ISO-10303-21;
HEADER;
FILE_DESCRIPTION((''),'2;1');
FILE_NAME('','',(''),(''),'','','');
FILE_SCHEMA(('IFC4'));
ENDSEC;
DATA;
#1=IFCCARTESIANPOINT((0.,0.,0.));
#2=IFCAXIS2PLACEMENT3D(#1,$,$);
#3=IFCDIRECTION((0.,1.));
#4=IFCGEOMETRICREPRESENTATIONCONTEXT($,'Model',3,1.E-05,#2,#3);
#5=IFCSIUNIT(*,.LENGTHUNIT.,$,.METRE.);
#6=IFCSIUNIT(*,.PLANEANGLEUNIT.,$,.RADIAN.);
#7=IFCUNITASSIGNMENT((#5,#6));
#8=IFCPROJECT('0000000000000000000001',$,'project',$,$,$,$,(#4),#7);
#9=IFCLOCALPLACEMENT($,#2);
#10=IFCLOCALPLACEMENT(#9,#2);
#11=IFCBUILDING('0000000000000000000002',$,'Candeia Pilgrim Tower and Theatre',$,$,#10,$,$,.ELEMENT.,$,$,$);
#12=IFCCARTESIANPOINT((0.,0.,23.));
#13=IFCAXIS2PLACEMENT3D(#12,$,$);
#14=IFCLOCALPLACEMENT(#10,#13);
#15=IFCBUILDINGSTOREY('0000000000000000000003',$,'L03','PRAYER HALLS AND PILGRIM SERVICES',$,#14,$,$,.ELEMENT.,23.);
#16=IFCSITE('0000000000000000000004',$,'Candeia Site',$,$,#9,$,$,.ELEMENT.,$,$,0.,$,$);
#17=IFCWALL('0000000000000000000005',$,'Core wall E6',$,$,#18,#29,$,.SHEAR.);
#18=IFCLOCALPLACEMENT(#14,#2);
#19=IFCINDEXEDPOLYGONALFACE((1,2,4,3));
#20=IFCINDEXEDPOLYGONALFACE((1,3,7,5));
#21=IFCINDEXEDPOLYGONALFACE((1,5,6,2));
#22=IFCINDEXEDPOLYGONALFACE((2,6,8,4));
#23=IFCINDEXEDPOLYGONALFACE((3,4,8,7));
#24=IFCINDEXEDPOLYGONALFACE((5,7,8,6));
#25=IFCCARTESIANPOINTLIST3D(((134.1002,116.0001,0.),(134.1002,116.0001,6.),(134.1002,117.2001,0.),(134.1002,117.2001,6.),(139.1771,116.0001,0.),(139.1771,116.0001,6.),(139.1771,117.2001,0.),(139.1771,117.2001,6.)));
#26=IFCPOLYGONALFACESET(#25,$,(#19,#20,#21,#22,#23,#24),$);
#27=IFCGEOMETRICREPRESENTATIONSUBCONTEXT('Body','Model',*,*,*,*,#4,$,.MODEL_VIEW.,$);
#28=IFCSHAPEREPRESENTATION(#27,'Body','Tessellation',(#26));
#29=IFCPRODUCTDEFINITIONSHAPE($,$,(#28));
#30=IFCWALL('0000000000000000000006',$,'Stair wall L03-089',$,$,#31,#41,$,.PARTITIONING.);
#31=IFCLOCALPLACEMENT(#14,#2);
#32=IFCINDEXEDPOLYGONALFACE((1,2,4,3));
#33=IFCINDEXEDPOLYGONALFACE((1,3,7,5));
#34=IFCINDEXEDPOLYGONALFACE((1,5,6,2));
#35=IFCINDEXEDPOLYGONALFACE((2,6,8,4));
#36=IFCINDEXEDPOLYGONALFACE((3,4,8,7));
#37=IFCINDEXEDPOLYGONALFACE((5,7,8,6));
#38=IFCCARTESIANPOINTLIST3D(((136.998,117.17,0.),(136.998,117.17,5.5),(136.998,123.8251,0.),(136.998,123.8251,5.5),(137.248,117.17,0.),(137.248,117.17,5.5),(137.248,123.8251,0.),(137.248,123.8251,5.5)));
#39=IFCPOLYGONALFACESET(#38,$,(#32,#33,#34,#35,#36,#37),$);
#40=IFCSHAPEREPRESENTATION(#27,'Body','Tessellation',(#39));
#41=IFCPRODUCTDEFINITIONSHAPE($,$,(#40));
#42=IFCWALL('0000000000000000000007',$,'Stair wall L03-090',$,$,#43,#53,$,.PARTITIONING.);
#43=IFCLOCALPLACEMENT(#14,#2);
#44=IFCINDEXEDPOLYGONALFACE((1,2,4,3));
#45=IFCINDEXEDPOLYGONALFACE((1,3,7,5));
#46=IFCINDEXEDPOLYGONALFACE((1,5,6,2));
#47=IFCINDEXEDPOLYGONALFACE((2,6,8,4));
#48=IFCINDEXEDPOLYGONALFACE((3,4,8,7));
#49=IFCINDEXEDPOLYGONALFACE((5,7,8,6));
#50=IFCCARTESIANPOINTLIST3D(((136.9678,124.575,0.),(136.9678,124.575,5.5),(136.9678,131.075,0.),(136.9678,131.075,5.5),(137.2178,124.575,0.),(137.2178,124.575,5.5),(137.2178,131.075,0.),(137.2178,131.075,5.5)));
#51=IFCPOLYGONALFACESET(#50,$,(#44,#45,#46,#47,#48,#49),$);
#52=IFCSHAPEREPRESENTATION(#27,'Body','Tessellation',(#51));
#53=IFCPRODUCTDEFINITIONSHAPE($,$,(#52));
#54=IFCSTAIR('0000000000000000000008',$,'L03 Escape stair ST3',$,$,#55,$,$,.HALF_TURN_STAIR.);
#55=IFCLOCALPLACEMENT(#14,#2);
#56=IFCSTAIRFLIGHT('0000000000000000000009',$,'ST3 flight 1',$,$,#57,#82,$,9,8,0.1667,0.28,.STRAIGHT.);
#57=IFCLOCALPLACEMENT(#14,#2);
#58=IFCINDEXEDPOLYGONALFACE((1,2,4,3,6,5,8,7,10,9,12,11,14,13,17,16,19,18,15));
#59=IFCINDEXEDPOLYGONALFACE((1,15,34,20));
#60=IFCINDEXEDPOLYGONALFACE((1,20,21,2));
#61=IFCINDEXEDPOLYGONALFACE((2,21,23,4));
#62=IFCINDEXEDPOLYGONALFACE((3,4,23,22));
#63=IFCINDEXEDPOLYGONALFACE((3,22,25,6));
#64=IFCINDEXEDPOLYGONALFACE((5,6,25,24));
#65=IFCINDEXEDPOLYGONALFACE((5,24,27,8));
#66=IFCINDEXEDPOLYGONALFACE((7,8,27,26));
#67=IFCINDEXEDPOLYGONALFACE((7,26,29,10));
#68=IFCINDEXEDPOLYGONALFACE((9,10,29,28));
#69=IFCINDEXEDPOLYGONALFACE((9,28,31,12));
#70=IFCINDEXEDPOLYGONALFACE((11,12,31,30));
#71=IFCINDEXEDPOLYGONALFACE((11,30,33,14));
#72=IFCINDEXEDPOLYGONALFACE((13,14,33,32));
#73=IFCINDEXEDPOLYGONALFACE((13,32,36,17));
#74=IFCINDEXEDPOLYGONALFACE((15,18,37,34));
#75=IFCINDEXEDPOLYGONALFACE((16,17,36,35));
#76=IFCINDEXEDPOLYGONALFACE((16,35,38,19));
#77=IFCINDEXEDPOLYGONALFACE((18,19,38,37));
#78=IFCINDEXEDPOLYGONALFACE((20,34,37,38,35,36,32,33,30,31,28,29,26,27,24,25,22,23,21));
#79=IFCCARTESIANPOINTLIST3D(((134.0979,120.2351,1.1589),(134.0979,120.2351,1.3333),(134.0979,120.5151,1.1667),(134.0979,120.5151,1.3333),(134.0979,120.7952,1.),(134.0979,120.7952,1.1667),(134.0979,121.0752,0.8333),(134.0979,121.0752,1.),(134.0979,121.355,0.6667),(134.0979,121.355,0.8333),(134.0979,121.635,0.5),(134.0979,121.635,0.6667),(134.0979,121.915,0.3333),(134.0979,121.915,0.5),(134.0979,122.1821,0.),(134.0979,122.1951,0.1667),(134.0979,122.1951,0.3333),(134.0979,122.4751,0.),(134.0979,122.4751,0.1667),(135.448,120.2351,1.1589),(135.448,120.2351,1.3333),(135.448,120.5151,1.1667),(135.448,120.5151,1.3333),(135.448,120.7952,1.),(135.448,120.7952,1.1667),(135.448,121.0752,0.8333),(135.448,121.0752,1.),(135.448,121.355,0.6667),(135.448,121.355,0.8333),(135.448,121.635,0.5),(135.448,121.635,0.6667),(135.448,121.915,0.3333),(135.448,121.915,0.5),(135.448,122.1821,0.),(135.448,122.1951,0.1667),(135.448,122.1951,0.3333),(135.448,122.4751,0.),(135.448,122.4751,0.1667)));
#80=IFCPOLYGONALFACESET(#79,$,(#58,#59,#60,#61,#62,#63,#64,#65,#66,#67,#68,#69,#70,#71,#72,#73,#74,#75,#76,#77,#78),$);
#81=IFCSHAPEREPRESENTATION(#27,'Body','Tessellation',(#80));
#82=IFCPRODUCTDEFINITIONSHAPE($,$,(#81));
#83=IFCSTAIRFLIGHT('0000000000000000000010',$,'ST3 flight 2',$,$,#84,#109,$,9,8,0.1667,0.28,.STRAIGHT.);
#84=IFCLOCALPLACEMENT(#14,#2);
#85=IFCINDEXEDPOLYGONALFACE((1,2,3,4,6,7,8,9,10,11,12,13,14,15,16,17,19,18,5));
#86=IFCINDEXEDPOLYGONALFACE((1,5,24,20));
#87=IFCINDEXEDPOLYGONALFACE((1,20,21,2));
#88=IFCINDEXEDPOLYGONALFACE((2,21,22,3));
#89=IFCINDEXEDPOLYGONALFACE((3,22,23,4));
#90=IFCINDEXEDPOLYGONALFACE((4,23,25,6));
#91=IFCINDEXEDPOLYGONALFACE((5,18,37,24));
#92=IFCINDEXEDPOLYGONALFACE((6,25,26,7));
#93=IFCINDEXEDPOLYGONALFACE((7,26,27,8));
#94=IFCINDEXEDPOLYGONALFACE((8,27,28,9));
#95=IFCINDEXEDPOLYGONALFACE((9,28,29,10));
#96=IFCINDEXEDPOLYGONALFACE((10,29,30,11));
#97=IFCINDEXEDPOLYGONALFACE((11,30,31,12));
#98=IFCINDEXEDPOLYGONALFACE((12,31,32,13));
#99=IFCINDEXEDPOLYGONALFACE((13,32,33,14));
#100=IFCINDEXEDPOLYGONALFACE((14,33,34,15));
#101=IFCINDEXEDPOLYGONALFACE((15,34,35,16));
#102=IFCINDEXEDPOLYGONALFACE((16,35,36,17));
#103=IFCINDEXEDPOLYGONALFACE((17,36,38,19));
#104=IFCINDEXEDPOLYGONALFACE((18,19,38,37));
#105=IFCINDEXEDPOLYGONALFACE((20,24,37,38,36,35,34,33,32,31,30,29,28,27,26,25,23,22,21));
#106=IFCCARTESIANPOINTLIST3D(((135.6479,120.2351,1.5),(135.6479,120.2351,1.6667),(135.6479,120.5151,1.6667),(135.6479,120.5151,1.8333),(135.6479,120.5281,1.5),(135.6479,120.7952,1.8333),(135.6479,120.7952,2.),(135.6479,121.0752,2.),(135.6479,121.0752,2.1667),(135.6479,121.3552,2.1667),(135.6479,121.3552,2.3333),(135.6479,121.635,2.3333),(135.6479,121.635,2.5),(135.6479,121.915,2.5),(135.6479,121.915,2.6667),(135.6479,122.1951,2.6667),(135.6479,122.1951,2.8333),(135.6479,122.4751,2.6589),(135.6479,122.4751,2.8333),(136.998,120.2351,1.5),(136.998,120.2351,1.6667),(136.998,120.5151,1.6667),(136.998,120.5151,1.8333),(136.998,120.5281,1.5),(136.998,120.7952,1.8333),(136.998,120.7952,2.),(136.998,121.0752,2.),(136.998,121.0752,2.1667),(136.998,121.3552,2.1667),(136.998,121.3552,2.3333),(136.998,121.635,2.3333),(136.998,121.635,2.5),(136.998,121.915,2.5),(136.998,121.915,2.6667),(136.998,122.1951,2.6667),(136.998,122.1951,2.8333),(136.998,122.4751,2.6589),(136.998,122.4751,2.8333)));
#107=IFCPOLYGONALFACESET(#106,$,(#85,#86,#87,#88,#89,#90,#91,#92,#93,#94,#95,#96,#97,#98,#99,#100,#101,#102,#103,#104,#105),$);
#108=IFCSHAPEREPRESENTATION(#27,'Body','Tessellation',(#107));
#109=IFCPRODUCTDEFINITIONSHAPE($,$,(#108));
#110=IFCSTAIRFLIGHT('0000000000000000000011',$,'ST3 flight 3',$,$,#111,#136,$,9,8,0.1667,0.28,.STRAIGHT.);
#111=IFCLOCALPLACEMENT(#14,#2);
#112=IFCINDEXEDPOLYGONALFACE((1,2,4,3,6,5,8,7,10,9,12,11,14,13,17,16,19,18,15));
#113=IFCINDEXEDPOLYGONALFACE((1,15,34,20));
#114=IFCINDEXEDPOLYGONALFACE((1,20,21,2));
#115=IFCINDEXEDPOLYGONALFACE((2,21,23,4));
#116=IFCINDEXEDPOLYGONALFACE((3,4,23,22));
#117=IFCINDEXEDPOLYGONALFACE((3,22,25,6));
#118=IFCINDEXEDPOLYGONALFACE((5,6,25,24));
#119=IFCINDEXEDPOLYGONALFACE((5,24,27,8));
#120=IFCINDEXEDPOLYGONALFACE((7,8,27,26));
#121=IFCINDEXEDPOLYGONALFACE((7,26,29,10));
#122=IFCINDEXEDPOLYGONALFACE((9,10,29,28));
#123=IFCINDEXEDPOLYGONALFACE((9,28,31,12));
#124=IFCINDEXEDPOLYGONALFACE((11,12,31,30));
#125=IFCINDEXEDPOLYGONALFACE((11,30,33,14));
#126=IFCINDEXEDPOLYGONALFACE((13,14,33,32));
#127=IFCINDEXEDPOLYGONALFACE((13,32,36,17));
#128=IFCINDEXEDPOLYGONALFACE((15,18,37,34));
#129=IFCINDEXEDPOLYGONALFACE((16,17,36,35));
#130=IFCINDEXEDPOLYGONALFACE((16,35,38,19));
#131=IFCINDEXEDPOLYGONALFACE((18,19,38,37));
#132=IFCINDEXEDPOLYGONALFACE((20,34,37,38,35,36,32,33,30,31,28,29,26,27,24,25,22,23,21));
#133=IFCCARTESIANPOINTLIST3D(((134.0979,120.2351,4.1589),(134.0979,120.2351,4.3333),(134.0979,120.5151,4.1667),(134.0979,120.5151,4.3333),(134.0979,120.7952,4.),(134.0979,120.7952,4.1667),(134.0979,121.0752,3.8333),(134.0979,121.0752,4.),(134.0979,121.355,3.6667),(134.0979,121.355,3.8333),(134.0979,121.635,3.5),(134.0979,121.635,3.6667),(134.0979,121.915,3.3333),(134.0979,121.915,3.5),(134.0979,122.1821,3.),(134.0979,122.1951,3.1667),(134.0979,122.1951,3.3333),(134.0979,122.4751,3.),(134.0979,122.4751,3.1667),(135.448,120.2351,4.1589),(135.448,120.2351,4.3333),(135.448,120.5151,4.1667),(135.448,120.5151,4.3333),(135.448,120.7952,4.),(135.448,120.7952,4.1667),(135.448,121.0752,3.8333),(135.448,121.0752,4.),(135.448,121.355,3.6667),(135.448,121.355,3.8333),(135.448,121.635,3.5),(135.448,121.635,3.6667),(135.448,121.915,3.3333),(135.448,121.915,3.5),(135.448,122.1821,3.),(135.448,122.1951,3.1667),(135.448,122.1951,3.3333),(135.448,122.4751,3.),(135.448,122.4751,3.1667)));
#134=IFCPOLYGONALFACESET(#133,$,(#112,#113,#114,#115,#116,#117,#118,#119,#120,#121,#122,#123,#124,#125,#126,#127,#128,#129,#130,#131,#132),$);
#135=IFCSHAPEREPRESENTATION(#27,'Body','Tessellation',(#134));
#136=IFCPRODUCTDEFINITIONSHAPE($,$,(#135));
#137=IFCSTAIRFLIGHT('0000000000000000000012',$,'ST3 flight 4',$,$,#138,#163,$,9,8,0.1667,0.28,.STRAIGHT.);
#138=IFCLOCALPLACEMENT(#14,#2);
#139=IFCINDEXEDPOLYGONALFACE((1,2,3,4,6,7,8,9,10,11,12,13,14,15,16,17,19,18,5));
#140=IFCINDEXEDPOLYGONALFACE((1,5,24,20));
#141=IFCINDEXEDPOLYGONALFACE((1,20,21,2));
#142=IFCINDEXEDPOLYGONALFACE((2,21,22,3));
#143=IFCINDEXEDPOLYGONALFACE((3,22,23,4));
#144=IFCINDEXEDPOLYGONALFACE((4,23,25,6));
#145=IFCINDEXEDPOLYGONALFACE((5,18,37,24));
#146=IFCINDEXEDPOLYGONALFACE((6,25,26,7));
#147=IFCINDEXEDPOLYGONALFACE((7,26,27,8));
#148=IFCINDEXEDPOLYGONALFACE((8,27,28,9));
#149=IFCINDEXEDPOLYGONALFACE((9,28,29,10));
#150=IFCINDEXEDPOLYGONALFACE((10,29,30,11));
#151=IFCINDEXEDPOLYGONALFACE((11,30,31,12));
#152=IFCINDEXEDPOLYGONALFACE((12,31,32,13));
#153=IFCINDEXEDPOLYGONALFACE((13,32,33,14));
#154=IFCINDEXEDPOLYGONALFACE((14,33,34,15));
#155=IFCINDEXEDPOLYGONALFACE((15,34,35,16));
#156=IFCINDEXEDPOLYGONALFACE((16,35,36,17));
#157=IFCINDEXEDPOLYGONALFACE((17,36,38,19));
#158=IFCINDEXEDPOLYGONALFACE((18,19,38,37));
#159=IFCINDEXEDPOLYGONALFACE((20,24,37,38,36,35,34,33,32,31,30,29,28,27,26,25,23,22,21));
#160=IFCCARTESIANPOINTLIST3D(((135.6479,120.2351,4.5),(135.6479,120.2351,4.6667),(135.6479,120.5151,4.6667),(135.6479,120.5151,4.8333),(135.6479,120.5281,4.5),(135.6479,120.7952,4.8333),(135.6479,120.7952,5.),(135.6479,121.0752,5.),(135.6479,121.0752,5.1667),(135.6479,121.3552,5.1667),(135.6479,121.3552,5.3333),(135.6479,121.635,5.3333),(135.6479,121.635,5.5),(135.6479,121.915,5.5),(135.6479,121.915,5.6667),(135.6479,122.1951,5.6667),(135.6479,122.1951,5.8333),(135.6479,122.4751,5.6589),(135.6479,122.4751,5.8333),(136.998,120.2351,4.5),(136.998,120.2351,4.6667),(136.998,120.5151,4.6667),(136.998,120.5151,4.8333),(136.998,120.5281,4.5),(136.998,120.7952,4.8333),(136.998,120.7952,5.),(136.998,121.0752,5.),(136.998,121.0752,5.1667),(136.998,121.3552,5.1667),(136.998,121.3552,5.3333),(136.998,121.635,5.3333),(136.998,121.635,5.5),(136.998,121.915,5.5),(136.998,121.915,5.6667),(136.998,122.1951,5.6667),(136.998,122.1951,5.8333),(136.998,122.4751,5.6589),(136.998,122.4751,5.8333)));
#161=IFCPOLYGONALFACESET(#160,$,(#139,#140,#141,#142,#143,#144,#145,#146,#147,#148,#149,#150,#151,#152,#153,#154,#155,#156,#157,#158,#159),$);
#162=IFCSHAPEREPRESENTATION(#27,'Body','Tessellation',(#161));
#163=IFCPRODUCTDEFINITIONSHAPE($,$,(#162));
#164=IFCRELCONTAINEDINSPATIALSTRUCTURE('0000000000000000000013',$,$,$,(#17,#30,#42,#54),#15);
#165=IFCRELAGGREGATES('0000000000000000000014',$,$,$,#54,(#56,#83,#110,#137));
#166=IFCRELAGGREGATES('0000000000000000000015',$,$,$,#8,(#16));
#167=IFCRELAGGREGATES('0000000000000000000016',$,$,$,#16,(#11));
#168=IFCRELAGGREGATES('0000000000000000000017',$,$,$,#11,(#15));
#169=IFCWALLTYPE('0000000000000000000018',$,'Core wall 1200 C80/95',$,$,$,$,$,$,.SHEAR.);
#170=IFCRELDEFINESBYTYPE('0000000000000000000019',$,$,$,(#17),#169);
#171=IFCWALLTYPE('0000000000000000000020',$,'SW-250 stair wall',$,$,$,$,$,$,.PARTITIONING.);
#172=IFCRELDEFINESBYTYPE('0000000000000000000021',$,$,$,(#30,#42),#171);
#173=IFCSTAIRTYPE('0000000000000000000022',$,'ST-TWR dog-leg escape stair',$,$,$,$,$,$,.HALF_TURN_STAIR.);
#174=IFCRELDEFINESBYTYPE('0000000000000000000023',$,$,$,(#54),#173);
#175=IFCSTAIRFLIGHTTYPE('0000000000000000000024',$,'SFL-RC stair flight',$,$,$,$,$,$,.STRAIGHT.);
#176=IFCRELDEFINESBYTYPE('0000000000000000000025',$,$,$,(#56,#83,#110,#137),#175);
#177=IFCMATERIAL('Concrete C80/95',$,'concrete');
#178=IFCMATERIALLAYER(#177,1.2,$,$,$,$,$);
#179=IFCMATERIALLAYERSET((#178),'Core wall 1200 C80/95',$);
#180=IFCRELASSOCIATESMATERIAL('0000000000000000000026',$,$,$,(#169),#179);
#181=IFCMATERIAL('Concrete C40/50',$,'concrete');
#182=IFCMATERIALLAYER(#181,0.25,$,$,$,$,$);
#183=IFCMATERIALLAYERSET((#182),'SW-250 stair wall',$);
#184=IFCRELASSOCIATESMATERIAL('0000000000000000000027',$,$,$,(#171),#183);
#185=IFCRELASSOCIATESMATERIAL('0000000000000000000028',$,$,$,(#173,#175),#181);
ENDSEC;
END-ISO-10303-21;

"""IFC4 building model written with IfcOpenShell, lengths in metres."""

from ifc_helpers import new_model, si_unit, direction, frame, frame_2d, origin, place, context, subcontext, project, spatial, polyline, rectangle, outline, extrude, material, layer, layer_set, type_object, element, aggregate, save


model = new_model("IFC4")

# Units and contexts
model_context = context("Model", 3, precision=1e-05, world=origin(), true_north=direction((0.0, 1.0)))
body_context = subcontext(model_context, "Body", "Model", "MODEL_VIEW")
ifc_project = project(units=[si_unit("LENGTHUNIT", "METRE"), si_unit("PLANEANGLEUNIT", "RADIAN")], contexts=[model_context])

# Site, building, storey
site_placement = place(None, origin())
site = spatial("IfcSite", under=ifc_project, at=site_placement, Name="Candeia Site", CompositionType="ELEMENT", RefElevation=0.0)
building_placement = place(site_placement, origin())
building = spatial("IfcBuilding", under=site, at=building_placement, Name="Candeia Pilgrim Tower and Theatre", CompositionType="ELEMENT")
storey_placement = place(building_placement, frame((0.0, 0.0, 23.0)))
storey = spatial("IfcBuildingStorey", under=building, at=storey_placement, Name="L03", Description="PRAYER HALLS AND PILGRIM SERVICES", CompositionType="ELEMENT", Elevation=23.0)

# Walls
ifc_material_1 = material(Name="Concrete C80/95", Category="concrete")
ifc_layer_1 = layer(ifc_material_1, 1.2)
ifc_layer_set_1 = layer_set([ifc_layer_1], Name="Core wall 1200 C80/95")
wall_type_1 = type_object("IfcWallType", Name="Core wall 1200 C80/95", PredefinedType="SHEAR", material=ifc_layer_set_1)
wall_1_placement = place(storey_placement, frame((134.1001, 116.6001, 0.0), z_axis=(0.0, 0.0, 1.0), x_axis=(1.0, 0.0, 0.0)))
element("IfcWall", 1, at=wall_1_placement, inside=storey, type_object=wall_type_1, Name="Core wall E6", PredefinedType="SHEAR", context=body_context, shape_type="SweptSolid", body=[
    extrude(rectangle(XDim=5.0769, YDim=1.2, at=frame_2d((2.5386, 0.0))), origin(), (0.0, 0.0, 1.0), 6.0),
])
ifc_material_2 = material(Name="Concrete C40/50", Category="concrete")
ifc_layer_2 = layer(ifc_material_2, 0.25)
ifc_layer_set_2 = layer_set([ifc_layer_2], Name="SW-250 stair wall")
wall_type_2 = type_object("IfcWallType", Name="SW-250 stair wall", PredefinedType="PARTITIONING", material=ifc_layer_set_2)
wall_2_placement = place(storey_placement, frame((137.123, 117.1699, 0.0), z_axis=(0.0, 0.0, 1.0), x_axis=(0.0, 1.0, 0.0)))
element("IfcWall", 2, at=wall_2_placement, inside=storey, type_object=wall_type_2, Name="Stair wall L03-089", PredefinedType="PARTITIONING", context=body_context, shape_type="SweptSolid", body=[
    extrude(rectangle(XDim=6.655, YDim=0.25, at=frame_2d((3.3276, 0.0))), origin(), (0.0, 0.0, 1.0), 5.5),
])
wall_3_placement = place(storey_placement, frame((137.0928, 124.575, 0.0), z_axis=(0.0, 0.0, 1.0), x_axis=(0.0, 1.0, 0.0)))
element("IfcWall", 3, at=wall_3_placement, inside=storey, type_object=wall_type_2, Name="Stair wall L03-090", PredefinedType="PARTITIONING", context=body_context, shape_type="SweptSolid", body=[
    extrude(rectangle(XDim=6.5, YDim=0.25, at=frame_2d((3.25, 0.0))), origin(), (0.0, 0.0, 1.0), 5.5),
])

# Stair, stair flights
stair_type = type_object("IfcStairType", Name="ST-TWR dog-leg escape stair", PredefinedType="HALF_TURN_STAIR", material=ifc_material_2)
stair_placement = place(storey_placement, origin())
stair = element("IfcStair", 4, at=stair_placement, inside=storey, type_object=stair_type, Name="L03 Escape stair ST3", PredefinedType="HALF_TURN_STAIR")
stair_flight_type = type_object("IfcStairFlightType", Name="SFL-RC stair flight", PredefinedType="STRAIGHT", material=ifc_material_2)
stair_flight_1_placement = place(storey_placement, frame((134.7729, 122.4751, 0.0), z_axis=(0.0, 0.0, 1.0), x_axis=(0.0, -1.0, 0.0)))
stair_flight_1 = element("IfcStairFlight", 5, at=stair_flight_1_placement, type_object=stair_flight_type, Name="ST3 flight 1", NumberOfRisers=9, NumberOfTreads=8, PredefinedType="STRAIGHT", RiserHeight=0.1667, TreadLength=0.28, context=body_context, shape_type="SweptSolid", body=[
    extrude(outline(polyline([(0.0, 0.0), (0.0, 0.1667), (0.28, 0.1667), (0.28, 0.3333), (0.5601, 0.3333), (0.5601, 0.5), (0.8401, 0.5), (0.8401, 0.6667), (1.1201, 0.6667), (1.1201, 0.8333), (1.3999, 0.8333), (1.3999, 1.0), (1.6799, 1.0), (1.6799, 1.1667), (1.96, 1.1667), (1.96, 1.3333), (2.24, 1.3333), (2.24, 1.5), (2.24, 1.1589), (0.293, 0.0), (0.0, 0.0)])), frame((0.0, 0.675, 0.0), z_axis=(0.0, -1.0, 0.0), x_axis=(1.0, 0.0, 0.0)), (0.0, 0.0, 1.0), 1.3501),
])
stair_flight_2_placement = place(storey_placement, frame((136.323, 120.2351, 1.5), z_axis=(0.0, 0.0, 1.0), x_axis=(0.0, 1.0, 0.0)))
stair_flight_2 = element("IfcStairFlight", 6, at=stair_flight_2_placement, type_object=stair_flight_type, Name="ST3 flight 2", NumberOfRisers=9, NumberOfTreads=8, PredefinedType="STRAIGHT", RiserHeight=0.1667, TreadLength=0.28, context=body_context, shape_type="SweptSolid", body=[
    extrude(outline(polyline([(0.0, 0.0), (0.0, 0.1667), (0.28, 0.1667), (0.28, 0.3333), (0.5601, 0.3333), (0.5601, 0.5), (0.8401, 0.5), (0.8401, 0.6667), (1.1201, 0.6667), (1.1201, 0.8333), (1.3999, 0.8333), (1.3999, 1.0), (1.6799, 1.0), (1.6799, 1.1667), (1.96, 1.1667), (1.96, 1.3333), (2.24, 1.3333), (2.24, 1.5), (2.24, 1.1589), (0.293, 0.0), (0.0, 0.0)])), frame((0.0, 0.675, 0.0), z_axis=(0.0, -1.0, 0.0), x_axis=(1.0, 0.0, 0.0)), (0.0, 0.0, 1.0), 1.3501),
])
stair_flight_3_placement = place(storey_placement, frame((134.7729, 122.4751, 3.0), z_axis=(0.0, 0.0, 1.0), x_axis=(0.0, -1.0, 0.0)))
stair_flight_3 = element("IfcStairFlight", 7, at=stair_flight_3_placement, type_object=stair_flight_type, Name="ST3 flight 3", NumberOfRisers=9, NumberOfTreads=8, PredefinedType="STRAIGHT", RiserHeight=0.1667, TreadLength=0.28, context=body_context, shape_type="SweptSolid", body=[
    extrude(outline(polyline([(0.0, 0.0), (0.0, 0.1667), (0.28, 0.1667), (0.28, 0.3333), (0.5601, 0.3333), (0.5601, 0.5), (0.8401, 0.5), (0.8401, 0.6667), (1.1201, 0.6667), (1.1201, 0.8333), (1.3999, 0.8333), (1.3999, 1.0), (1.6799, 1.0), (1.6799, 1.1667), (1.96, 1.1667), (1.96, 1.3333), (2.24, 1.3333), (2.24, 1.5), (2.24, 1.1589), (0.293, 0.0), (0.0, 0.0)])), frame((0.0, 0.675, 0.0), z_axis=(0.0, -1.0, 0.0), x_axis=(1.0, 0.0, 0.0)), (0.0, 0.0, 1.0), 1.3501),
])
stair_flight_4_placement = place(storey_placement, frame((136.323, 120.2351, 4.5), z_axis=(0.0, 0.0, 1.0), x_axis=(0.0, 1.0, 0.0)))
stair_flight_4 = element("IfcStairFlight", 8, at=stair_flight_4_placement, type_object=stair_flight_type, Name="ST3 flight 4", NumberOfRisers=9, NumberOfTreads=8, PredefinedType="STRAIGHT", RiserHeight=0.1667, TreadLength=0.28, context=body_context, shape_type="SweptSolid", body=[
    extrude(outline(polyline([(0.0, 0.0), (0.0, 0.1667), (0.28, 0.1667), (0.28, 0.3333), (0.5601, 0.3333), (0.5601, 0.5), (0.8401, 0.5), (0.8401, 0.6667), (1.1201, 0.6667), (1.1201, 0.8333), (1.3999, 0.8333), (1.3999, 1.0), (1.6799, 1.0), (1.6799, 1.1667), (1.96, 1.1667), (1.96, 1.3333), (2.24, 1.3333), (2.24, 1.5), (2.24, 1.1589), (0.293, 0.0), (0.0, 0.0)])), frame((0.0, 0.675, 0.0), z_axis=(0.0, -1.0, 0.0), x_axis=(1.0, 0.0, 0.0)), (0.0, 0.0, 1.0), 1.3501),
])
aggregate(stair, [stair_flight_1, stair_flight_2, stair_flight_3, stair_flight_4])

save(model, "model.ifc")
